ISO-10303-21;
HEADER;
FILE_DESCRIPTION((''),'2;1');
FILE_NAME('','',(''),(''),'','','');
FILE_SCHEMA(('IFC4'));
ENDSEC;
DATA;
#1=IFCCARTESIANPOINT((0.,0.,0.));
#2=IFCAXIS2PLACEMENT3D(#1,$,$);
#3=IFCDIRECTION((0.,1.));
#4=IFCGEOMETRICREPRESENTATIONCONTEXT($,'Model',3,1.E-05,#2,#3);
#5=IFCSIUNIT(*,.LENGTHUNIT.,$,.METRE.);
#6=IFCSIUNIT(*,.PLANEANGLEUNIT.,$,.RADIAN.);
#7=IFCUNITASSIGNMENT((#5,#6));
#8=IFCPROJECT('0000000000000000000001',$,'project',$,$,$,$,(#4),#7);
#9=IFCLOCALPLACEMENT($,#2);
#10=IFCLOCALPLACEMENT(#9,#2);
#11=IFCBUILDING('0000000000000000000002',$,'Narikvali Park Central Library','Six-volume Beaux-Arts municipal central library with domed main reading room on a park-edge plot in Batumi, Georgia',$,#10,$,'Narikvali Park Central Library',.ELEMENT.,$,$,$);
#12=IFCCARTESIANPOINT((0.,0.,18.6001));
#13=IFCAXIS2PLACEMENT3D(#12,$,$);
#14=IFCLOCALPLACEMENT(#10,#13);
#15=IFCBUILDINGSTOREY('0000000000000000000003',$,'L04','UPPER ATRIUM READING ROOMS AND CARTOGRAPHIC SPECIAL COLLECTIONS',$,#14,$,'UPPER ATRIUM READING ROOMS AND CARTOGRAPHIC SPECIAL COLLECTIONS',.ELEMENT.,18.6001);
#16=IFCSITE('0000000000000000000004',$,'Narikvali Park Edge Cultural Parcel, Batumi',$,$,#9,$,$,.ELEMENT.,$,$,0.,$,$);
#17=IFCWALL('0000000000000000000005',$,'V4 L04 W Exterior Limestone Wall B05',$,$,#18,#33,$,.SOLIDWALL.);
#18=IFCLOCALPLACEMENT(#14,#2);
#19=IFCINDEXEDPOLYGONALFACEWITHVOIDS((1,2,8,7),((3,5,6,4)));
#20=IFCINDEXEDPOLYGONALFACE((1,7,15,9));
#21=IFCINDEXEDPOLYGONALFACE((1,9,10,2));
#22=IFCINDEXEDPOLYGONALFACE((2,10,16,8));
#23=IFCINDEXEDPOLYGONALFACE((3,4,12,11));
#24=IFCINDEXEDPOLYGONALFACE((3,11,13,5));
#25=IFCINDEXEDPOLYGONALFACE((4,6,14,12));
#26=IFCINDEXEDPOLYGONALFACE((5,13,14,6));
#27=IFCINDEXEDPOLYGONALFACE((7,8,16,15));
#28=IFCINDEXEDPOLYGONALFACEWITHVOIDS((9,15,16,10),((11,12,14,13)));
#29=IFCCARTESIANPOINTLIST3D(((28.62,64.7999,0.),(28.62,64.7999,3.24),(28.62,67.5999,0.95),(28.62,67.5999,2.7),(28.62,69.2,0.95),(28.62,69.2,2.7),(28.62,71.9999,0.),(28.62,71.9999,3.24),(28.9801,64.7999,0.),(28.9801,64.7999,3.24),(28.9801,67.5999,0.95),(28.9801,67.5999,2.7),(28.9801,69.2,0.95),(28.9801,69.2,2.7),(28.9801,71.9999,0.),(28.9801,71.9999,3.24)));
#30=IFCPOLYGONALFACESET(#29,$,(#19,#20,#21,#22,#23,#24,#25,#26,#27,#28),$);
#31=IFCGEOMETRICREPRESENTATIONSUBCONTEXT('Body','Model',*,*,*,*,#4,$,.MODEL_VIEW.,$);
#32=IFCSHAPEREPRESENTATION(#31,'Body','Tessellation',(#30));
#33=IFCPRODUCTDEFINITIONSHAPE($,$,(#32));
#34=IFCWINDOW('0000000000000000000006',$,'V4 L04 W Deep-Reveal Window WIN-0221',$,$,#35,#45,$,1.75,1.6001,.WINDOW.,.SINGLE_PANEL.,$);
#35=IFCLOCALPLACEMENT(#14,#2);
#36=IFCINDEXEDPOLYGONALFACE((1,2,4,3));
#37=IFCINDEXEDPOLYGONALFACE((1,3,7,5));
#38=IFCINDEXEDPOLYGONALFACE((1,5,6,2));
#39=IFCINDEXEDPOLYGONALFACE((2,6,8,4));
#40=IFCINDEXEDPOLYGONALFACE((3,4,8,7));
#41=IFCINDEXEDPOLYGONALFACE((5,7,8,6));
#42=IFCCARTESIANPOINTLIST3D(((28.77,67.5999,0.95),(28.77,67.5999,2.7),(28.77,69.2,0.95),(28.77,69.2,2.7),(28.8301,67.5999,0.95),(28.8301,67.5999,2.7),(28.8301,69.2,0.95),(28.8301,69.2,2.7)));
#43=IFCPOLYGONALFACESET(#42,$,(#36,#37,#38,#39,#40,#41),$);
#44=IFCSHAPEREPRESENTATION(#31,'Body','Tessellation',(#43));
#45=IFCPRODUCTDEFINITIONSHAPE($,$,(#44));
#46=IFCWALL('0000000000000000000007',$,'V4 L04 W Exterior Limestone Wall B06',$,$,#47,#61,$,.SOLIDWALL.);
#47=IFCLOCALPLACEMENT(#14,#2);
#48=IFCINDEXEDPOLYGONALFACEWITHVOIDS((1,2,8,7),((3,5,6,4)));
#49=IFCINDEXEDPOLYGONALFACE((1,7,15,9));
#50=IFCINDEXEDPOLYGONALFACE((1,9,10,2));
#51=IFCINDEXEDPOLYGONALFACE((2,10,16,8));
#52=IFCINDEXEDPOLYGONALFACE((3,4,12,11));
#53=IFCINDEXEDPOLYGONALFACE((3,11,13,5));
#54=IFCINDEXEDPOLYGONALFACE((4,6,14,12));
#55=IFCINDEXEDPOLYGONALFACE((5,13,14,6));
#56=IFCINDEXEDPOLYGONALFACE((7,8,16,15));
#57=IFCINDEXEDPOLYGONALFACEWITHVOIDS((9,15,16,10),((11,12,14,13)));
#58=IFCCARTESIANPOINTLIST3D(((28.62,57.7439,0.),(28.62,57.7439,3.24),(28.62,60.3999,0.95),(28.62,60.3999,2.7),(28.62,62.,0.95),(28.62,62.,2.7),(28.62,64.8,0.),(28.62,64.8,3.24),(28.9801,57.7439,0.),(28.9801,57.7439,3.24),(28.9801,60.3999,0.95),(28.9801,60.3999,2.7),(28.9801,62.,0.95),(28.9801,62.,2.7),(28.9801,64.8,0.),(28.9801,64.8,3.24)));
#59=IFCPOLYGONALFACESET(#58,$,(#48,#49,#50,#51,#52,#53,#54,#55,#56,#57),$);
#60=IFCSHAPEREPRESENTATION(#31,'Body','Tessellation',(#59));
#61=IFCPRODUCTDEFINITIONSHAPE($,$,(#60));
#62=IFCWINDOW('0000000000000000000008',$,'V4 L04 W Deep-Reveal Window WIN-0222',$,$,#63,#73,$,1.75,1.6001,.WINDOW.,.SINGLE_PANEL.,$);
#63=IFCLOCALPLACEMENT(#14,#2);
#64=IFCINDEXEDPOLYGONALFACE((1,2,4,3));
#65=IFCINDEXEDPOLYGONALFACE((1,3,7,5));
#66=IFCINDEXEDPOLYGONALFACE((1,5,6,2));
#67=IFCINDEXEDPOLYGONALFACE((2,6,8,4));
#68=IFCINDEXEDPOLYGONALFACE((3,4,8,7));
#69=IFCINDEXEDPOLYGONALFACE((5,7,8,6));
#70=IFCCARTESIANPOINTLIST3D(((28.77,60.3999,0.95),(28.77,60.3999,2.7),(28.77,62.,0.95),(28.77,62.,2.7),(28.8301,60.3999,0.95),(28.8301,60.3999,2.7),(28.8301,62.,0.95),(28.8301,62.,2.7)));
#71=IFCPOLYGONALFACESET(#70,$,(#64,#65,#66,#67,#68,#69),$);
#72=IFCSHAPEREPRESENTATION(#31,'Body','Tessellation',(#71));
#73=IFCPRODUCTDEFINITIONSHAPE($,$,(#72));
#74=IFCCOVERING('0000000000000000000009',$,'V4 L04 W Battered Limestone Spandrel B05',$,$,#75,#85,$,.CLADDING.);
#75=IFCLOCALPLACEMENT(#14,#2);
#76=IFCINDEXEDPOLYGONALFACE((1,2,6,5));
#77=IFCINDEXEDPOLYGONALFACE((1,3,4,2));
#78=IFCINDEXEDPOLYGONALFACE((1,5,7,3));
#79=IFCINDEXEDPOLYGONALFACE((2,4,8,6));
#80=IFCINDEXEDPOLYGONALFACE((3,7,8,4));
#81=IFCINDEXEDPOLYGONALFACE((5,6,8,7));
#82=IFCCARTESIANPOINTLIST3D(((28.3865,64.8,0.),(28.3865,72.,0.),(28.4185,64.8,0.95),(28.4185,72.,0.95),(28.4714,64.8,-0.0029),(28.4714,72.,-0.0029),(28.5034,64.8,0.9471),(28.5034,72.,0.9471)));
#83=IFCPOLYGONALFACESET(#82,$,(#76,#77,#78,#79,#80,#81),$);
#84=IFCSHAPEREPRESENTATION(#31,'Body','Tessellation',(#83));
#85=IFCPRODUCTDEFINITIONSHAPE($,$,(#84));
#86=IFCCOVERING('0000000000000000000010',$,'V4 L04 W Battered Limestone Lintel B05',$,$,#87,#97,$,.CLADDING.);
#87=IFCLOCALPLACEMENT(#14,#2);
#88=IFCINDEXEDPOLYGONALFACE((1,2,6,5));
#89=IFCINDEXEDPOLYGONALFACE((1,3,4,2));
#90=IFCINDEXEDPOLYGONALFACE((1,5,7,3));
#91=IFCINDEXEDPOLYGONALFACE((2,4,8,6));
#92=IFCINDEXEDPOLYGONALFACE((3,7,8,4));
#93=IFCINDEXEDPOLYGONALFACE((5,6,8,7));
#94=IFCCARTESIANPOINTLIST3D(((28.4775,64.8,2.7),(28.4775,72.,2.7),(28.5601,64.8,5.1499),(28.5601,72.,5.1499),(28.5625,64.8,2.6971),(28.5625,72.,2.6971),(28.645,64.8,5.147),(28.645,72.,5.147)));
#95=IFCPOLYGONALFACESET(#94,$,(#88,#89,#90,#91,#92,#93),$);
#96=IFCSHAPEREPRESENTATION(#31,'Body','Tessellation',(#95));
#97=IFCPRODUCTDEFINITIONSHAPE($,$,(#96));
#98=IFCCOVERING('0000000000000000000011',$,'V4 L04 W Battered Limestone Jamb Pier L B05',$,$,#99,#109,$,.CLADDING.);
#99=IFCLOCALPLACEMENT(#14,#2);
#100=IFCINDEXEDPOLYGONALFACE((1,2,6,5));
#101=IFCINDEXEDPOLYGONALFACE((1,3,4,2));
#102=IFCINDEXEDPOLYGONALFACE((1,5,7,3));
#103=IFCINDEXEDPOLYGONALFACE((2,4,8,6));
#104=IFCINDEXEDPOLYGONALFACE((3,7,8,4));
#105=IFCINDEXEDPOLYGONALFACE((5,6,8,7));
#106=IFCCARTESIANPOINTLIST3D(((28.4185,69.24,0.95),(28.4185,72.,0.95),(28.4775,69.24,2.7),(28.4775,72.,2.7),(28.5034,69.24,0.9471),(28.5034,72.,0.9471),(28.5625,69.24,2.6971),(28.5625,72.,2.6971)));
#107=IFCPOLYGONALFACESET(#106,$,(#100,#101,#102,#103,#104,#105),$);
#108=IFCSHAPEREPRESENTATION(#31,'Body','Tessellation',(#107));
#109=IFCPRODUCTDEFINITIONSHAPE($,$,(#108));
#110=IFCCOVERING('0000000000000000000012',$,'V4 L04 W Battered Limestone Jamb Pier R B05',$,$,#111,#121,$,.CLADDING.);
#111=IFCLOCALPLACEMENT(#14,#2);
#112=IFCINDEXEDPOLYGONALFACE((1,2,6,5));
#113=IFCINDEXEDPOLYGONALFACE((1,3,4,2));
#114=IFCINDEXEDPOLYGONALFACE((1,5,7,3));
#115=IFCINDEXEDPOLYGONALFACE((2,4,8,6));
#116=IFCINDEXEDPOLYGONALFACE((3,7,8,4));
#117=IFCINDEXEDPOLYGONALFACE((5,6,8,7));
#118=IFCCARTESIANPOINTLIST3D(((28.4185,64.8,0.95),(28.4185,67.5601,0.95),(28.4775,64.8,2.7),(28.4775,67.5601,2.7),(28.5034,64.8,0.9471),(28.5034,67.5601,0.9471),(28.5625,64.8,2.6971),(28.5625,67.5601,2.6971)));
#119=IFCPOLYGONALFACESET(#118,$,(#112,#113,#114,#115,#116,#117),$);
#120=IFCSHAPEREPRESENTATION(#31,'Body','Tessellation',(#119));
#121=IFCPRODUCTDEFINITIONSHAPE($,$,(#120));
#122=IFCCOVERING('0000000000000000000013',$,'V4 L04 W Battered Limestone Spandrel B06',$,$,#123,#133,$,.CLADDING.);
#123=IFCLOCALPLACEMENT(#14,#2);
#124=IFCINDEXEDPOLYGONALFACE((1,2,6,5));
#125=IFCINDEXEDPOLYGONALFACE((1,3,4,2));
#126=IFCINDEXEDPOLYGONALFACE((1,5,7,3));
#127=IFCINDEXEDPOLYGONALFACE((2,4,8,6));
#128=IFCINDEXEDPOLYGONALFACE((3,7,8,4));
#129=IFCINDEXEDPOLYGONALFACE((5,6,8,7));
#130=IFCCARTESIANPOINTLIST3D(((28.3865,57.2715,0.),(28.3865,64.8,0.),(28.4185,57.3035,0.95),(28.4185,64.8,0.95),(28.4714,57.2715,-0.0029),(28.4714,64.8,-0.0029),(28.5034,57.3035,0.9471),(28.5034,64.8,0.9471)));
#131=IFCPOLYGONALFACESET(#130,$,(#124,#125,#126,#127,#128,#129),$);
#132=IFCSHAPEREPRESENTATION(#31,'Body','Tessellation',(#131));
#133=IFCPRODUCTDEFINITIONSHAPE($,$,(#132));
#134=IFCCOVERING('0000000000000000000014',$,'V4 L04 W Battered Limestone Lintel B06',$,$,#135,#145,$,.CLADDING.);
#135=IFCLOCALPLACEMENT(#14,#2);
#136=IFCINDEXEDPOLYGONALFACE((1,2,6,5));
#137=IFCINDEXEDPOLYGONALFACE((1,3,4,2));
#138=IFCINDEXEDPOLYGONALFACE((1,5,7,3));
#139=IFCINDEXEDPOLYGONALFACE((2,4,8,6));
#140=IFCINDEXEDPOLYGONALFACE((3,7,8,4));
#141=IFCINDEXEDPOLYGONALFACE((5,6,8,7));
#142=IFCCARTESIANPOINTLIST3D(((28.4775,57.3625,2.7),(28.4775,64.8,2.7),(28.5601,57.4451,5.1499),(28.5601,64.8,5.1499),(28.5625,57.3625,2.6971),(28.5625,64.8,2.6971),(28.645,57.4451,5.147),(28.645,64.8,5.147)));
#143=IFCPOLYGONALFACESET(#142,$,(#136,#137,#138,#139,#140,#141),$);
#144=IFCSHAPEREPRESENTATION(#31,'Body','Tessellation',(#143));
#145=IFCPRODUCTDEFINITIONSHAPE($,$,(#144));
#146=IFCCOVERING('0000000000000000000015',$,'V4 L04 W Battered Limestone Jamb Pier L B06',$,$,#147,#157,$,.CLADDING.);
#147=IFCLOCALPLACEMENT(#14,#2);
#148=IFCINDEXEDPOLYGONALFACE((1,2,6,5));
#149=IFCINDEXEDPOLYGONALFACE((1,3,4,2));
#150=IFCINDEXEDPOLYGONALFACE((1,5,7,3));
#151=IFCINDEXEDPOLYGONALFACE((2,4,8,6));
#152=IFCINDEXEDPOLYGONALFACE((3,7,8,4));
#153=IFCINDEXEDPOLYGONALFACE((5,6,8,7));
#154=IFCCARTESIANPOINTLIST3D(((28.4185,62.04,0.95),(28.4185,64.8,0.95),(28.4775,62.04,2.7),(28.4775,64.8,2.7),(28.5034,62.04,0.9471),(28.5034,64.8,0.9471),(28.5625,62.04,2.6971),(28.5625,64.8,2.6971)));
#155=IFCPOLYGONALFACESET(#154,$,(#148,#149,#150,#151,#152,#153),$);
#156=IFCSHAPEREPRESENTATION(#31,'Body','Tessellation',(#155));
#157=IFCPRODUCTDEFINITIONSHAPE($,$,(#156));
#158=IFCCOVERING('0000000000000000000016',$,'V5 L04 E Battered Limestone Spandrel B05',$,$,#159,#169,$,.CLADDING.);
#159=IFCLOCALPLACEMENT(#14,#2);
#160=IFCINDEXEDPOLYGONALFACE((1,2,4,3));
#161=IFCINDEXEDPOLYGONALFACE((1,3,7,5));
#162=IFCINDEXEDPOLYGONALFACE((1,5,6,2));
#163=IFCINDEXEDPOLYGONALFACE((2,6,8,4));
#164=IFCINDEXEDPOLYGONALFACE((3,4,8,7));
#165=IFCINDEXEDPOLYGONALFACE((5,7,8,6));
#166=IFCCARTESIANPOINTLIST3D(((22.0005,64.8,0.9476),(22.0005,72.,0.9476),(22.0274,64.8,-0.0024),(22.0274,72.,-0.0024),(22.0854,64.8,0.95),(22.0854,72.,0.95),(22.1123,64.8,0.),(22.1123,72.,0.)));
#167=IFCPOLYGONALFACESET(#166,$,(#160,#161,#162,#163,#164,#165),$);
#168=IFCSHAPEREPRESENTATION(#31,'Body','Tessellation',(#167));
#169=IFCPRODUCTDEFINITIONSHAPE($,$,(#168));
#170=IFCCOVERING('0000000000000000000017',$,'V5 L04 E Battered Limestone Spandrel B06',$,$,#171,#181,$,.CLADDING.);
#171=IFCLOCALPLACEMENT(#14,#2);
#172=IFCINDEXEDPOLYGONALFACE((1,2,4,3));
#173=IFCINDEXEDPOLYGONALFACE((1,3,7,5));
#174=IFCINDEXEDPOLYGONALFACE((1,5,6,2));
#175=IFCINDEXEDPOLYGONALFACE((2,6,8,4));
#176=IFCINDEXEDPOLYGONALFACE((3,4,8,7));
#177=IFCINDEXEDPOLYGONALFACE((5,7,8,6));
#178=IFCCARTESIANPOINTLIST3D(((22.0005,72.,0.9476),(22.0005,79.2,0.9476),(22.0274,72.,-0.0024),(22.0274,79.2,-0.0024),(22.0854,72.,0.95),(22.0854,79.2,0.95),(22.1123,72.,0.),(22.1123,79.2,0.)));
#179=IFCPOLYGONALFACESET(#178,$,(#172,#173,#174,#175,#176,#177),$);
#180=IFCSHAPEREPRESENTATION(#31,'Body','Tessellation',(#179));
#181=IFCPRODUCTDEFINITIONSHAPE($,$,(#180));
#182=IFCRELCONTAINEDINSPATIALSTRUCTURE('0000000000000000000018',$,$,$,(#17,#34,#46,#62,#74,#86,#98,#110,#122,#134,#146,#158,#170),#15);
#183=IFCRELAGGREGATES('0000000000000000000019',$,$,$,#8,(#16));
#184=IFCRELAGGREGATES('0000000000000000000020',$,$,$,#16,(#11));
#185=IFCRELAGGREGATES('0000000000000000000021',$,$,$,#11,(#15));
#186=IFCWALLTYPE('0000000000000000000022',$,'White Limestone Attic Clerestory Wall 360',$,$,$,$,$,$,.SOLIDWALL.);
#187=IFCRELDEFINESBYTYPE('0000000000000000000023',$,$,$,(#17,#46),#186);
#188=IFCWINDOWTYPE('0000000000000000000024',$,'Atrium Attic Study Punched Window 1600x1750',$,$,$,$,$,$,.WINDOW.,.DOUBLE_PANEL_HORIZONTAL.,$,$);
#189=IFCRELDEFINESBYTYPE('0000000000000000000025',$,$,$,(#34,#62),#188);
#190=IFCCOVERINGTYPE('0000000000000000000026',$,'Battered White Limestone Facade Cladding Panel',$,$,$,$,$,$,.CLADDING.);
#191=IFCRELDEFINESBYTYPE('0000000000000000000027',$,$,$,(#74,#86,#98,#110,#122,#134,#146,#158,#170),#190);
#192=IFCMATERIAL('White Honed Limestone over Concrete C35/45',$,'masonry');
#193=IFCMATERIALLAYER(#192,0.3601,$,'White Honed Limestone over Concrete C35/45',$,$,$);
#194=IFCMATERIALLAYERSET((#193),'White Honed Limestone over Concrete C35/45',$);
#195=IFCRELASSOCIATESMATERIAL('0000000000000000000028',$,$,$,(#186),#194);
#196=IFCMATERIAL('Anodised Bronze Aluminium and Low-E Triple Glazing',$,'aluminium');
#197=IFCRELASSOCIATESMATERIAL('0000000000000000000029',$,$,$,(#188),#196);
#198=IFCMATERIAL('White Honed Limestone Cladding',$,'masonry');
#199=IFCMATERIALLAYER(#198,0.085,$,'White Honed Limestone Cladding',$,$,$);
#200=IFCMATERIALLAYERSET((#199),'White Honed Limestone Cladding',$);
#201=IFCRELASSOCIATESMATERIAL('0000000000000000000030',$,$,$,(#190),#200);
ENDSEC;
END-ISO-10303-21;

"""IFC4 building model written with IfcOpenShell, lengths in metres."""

from ifc_helpers import new_model, si_unit, direction, frame, frame_2d, origin, place, context, subcontext, project, spatial, polyline, rectangle, outline, extrude, material, layer, layer_set, type_object, element, fill, save


model = new_model("IFC4")

# Units and contexts
model_context = context("Model", 3, precision=1e-05, world=origin(), true_north=direction((0.0, 1.0)))
body_context = subcontext(model_context, "Body", "Model", "MODEL_VIEW")
ifc_project = project(units=[si_unit("LENGTHUNIT", "METRE"), si_unit("PLANEANGLEUNIT", "RADIAN")], contexts=[model_context])

# Site, building, storey
site_placement = place(None, origin())
site = spatial("IfcSite", under=ifc_project, at=site_placement, Name="Narikvali Park Edge Cultural Parcel, Batumi", CompositionType="ELEMENT", RefElevation=0.0)
building_placement = place(site_placement, origin())
building = spatial("IfcBuilding", under=site, at=building_placement, Name="Narikvali Park Central Library", Description="Six-volume Beaux-Arts municipal central library with domed main reading room on a park-edge plot in Batumi, Georgia", LongName="Narikvali Park Central Library", CompositionType="ELEMENT")
storey_placement = place(building_placement, frame((0.0, 0.0, 18.6001)))
storey = spatial("IfcBuildingStorey", under=building, at=storey_placement, Name="L04", Description="UPPER ATRIUM READING ROOMS AND CARTOGRAPHIC SPECIAL COLLECTIONS", LongName="UPPER ATRIUM READING ROOMS AND CARTOGRAPHIC SPECIAL COLLECTIONS", CompositionType="ELEMENT", Elevation=18.6001)

# Walls, openings, windows
ifc_material_1 = material(Name="White Honed Limestone over Concrete C35/45", Category="masonry")
ifc_layer_1 = layer(ifc_material_1, 0.3601, Name="White Honed Limestone over Concrete C35/45")
ifc_layer_set_1 = layer_set([ifc_layer_1], Name="White Honed Limestone over Concrete C35/45")
wall_type_1 = type_object("IfcWallType", Name="White Limestone Attic Clerestory Wall 360", PredefinedType="SOLIDWALL", material=ifc_layer_set_1)
wall_1_placement = place(storey_placement, frame((28.8, 72.0, 0.0), z_axis=(0.0, 0.0, 1.0), x_axis=(0.0, -1.0, 0.0)))
wall_1 = element("IfcWall", 1, at=wall_1_placement, inside=storey, type_object=wall_type_1, Name="V4 L04 W Exterior Limestone Wall B05", PredefinedType="SOLIDWALL", context=body_context, shape_type="SweptSolid", body=[
    extrude(rectangle(XDim=7.2, YDim=0.3601, at=frame_2d((3.6001, 0.0))), origin(), (0.0, 0.0, 1.0), 3.24),
])
opening_1_placement = place(wall_1_placement, frame((2.8, 0.0, 0.95)))
opening_1 = element("IfcOpeningElement", 2, at=opening_1_placement, cuts=wall_1, PredefinedType="OPENING", context=body_context, shape_type="SweptSolid", body=[
    extrude(rectangle(XDim=1.6001, YDim=1.75, at=frame_2d((0.8, 0.875))), frame((0.0, 0.1919, 0.0), z_axis=(0.0, -1.0, 0.0), x_axis=(1.0, 0.0, 0.0)), (0.0, 0.0, 1.0), 0.384),
])
ifc_material_2 = material(Name="Anodised Bronze Aluminium and Low-E Triple Glazing", Category="aluminium")
window_type = type_object("IfcWindowType", Name="Atrium Attic Study Punched Window 1600x1750", PartitioningType="DOUBLE_PANEL_HORIZONTAL", PredefinedType="WINDOW", material=ifc_material_2)
window_1_placement = place(opening_1_placement, origin())
window_1 = element("IfcWindow", 3, at=window_1_placement, inside=storey, type_object=window_type, Name="V4 L04 W Deep-Reveal Window WIN-0221", OverallHeight=1.75, OverallWidth=1.6001, PartitioningType="SINGLE_PANEL", PredefinedType="WINDOW", context=body_context, shape_type="SweptSolid", body=[
    extrude(rectangle(XDim=1.6001, YDim=1.75, at=frame_2d((0.8, 0.875))), frame((0.0, 0.03, 0.0), z_axis=(0.0, -1.0, 0.0), x_axis=(1.0, 0.0, 0.0)), (0.0, 0.0, 1.0), 0.0601),
])
fill(opening_1, window_1)
wall_2_placement = place(storey_placement, frame((28.8, 64.8, 0.0), z_axis=(0.0, 0.0, 1.0), x_axis=(0.0, -1.0, 0.0)))
wall_2 = element("IfcWall", 4, at=wall_2_placement, inside=storey, type_object=wall_type_1, Name="V4 L04 W Exterior Limestone Wall B06", PredefinedType="SOLIDWALL", context=body_context, shape_type="SweptSolid", body=[
    extrude(rectangle(XDim=7.0562, YDim=0.3601, at=frame_2d((3.5281, 0.0))), origin(), (0.0, 0.0, 1.0), 3.24),
])
opening_2_placement = place(wall_2_placement, frame((2.8, 0.0, 0.95)))
opening_2 = element("IfcOpeningElement", 5, at=opening_2_placement, cuts=wall_2, PredefinedType="OPENING", context=body_context, shape_type="SweptSolid", body=[
    extrude(rectangle(XDim=1.6001, YDim=1.75, at=frame_2d((0.8, 0.875))), frame((0.0, 0.1919, 0.0), z_axis=(0.0, -1.0, 0.0), x_axis=(1.0, 0.0, 0.0)), (0.0, 0.0, 1.0), 0.384),
])
window_2_placement = place(opening_2_placement, origin())
window_2 = element("IfcWindow", 6, at=window_2_placement, inside=storey, type_object=window_type, Name="V4 L04 W Deep-Reveal Window WIN-0222", OverallHeight=1.75, OverallWidth=1.6001, PartitioningType="SINGLE_PANEL", PredefinedType="WINDOW", context=body_context, shape_type="SweptSolid", body=[
    extrude(rectangle(XDim=1.6001, YDim=1.75, at=frame_2d((0.8, 0.875))), frame((0.0, 0.03, 0.0), z_axis=(0.0, -1.0, 0.0), x_axis=(1.0, 0.0, 0.0)), (0.0, 0.0, 1.0), 0.0601),
])
fill(opening_2, window_2)

# Coverings
ifc_material_3 = material(Name="White Honed Limestone Cladding", Category="masonry")
ifc_layer_2 = layer(ifc_material_3, 0.085, Name="White Honed Limestone Cladding")
ifc_layer_set_2 = layer_set([ifc_layer_2], Name="White Honed Limestone Cladding")
covering_type = type_object("IfcCoveringType", Name="Battered White Limestone Facade Cladding Panel", PredefinedType="CLADDING", material=ifc_layer_set_2)
covering_1_placement = place(storey_placement, frame((28.3865, 72.0, 0.0), z_axis=(-0.999434, 0.0, 0.033648), x_axis=(0.0, -1.0, 0.0)))
element("IfcCovering", 7, at=covering_1_placement, inside=storey, type_object=covering_type, Name="V4 L04 W Battered Limestone Spandrel B05", PredefinedType="CLADDING", context=body_context, shape_type="SweptSolid", body=[
    extrude(outline(polyline([(0.0, 0.0), (7.2, 0.0), (7.2, 0.9505), (0.0, 0.9505), (0.0, 0.0)])), origin(), (0.0, 0.0, -1.0), 0.085),
])
covering_2_placement = place(storey_placement, frame((28.4775, 72.0, 2.7), z_axis=(-0.999433, 0.0, 0.033663), x_axis=(0.0, -1.0, 0.0)))
element("IfcCovering", 8, at=covering_2_placement, inside=storey, type_object=covering_type, Name="V4 L04 W Battered Limestone Lintel B05", PredefinedType="CLADDING", context=body_context, shape_type="SweptSolid", body=[
    extrude(outline(polyline([(0.0, 0.0), (7.2, 0.0), (7.2, 2.4513), (0.0, 2.4513), (0.0, 0.0)])), origin(), (0.0, 0.0, -1.0), 0.085),
])
for number, where, z_axis, x_axis, name in (
    (9, (28.4185, 72.0, 0.95), (-0.999431, 0.0, 0.033742), (0.0, -1.0, 0.0), "V4 L04 W Battered Limestone Jamb Pier L B05"),
    (10, (28.4185, 67.5601, 0.95), (-0.999431, 0.0, 0.033742), (0.0, -1.0, 0.0), "V4 L04 W Battered Limestone Jamb Pier R B05"),
):
    element("IfcCovering", number, at=place(storey_placement, frame(where, z_axis=z_axis, x_axis=x_axis)), inside=storey, type_object=covering_type, Name=name, PredefinedType="CLADDING", context=body_context, shape_type="SweptSolid", body=[
        extrude(outline(polyline([(0.0, 0.0), (2.76, 0.0), (2.76, 1.751), (0.0, 1.751), (0.0, 0.0)])), origin(), (0.0, 0.0, -1.0), 0.085),
    ])
covering_3_placement = place(storey_placement, frame((28.3865, 64.8, 0.0), z_axis=(-0.999434, 0.0, 0.033648), x_axis=(0.0, -1.0, 0.0)))
element("IfcCovering", 11, at=covering_3_placement, inside=storey, type_object=covering_type, Name="V4 L04 W Battered Limestone Spandrel B06", PredefinedType="CLADDING", context=body_context, shape_type="SweptSolid", body=[
    extrude(outline(polyline([(0.0, 0.0), (7.5286, 0.0), (7.4966, 0.9505), (0.0, 0.9505), (0.0, 0.0)])), origin(), (0.0, 0.0, -1.0), 0.085),
])
covering_4_placement = place(storey_placement, frame((28.4775, 64.8, 2.7), z_axis=(-0.999433, 0.0, 0.033663), x_axis=(0.0, -1.0, 0.0)))
element("IfcCovering", 12, at=covering_4_placement, inside=storey, type_object=covering_type, Name="V4 L04 W Battered Limestone Lintel B06", PredefinedType="CLADDING", context=body_context, shape_type="SweptSolid", body=[
    extrude(outline(polyline([(0.0, 0.0), (7.4375, 0.0), (7.355, 2.4513), (0.0, 2.4513), (0.0, 0.0)])), origin(), (0.0, 0.0, -1.0), 0.085),
])
covering_5_placement = place(storey_placement, frame((28.4185, 64.8, 0.95), z_axis=(-0.999431, 0.0, 0.033742), x_axis=(0.0, -1.0, 0.0)))
element("IfcCovering", 13, at=covering_5_placement, inside=storey, type_object=covering_type, Name="V4 L04 W Battered Limestone Jamb Pier L B06", PredefinedType="CLADDING", context=body_context, shape_type="SweptSolid", body=[
    extrude(outline(polyline([(0.0, 0.0), (2.76, 0.0), (2.76, 1.751), (0.0, 1.751), (0.0, 0.0)])), origin(), (0.0, 0.0, -1.0), 0.085),
])
for number, where, z_axis, x_axis, name in (
    (14, (22.1123, 64.8, 0.0), (0.999601, 0.0, 0.028259), (0.0, 1.0, 0.0), "V5 L04 E Battered Limestone Spandrel B05"),
    (15, (22.1123, 72.0, 0.0), (0.999601, 0.0, 0.028259), (0.0, 1.0, 0.0), "V5 L04 E Battered Limestone Spandrel B06"),
):
    element("IfcCovering", number, at=place(storey_placement, frame(where, z_axis=z_axis, x_axis=x_axis)), inside=storey, type_object=covering_type, Name=name, PredefinedType="CLADDING", context=body_context, shape_type="SweptSolid", body=[
        extrude(outline(polyline([(0.0, 0.0), (7.2, 0.0), (7.2, 0.9503), (0.0, 0.9503), (0.0, 0.0)])), origin(), (0.0, 0.0, -1.0), 0.085),
    ])

save(model, "model.ifc")
